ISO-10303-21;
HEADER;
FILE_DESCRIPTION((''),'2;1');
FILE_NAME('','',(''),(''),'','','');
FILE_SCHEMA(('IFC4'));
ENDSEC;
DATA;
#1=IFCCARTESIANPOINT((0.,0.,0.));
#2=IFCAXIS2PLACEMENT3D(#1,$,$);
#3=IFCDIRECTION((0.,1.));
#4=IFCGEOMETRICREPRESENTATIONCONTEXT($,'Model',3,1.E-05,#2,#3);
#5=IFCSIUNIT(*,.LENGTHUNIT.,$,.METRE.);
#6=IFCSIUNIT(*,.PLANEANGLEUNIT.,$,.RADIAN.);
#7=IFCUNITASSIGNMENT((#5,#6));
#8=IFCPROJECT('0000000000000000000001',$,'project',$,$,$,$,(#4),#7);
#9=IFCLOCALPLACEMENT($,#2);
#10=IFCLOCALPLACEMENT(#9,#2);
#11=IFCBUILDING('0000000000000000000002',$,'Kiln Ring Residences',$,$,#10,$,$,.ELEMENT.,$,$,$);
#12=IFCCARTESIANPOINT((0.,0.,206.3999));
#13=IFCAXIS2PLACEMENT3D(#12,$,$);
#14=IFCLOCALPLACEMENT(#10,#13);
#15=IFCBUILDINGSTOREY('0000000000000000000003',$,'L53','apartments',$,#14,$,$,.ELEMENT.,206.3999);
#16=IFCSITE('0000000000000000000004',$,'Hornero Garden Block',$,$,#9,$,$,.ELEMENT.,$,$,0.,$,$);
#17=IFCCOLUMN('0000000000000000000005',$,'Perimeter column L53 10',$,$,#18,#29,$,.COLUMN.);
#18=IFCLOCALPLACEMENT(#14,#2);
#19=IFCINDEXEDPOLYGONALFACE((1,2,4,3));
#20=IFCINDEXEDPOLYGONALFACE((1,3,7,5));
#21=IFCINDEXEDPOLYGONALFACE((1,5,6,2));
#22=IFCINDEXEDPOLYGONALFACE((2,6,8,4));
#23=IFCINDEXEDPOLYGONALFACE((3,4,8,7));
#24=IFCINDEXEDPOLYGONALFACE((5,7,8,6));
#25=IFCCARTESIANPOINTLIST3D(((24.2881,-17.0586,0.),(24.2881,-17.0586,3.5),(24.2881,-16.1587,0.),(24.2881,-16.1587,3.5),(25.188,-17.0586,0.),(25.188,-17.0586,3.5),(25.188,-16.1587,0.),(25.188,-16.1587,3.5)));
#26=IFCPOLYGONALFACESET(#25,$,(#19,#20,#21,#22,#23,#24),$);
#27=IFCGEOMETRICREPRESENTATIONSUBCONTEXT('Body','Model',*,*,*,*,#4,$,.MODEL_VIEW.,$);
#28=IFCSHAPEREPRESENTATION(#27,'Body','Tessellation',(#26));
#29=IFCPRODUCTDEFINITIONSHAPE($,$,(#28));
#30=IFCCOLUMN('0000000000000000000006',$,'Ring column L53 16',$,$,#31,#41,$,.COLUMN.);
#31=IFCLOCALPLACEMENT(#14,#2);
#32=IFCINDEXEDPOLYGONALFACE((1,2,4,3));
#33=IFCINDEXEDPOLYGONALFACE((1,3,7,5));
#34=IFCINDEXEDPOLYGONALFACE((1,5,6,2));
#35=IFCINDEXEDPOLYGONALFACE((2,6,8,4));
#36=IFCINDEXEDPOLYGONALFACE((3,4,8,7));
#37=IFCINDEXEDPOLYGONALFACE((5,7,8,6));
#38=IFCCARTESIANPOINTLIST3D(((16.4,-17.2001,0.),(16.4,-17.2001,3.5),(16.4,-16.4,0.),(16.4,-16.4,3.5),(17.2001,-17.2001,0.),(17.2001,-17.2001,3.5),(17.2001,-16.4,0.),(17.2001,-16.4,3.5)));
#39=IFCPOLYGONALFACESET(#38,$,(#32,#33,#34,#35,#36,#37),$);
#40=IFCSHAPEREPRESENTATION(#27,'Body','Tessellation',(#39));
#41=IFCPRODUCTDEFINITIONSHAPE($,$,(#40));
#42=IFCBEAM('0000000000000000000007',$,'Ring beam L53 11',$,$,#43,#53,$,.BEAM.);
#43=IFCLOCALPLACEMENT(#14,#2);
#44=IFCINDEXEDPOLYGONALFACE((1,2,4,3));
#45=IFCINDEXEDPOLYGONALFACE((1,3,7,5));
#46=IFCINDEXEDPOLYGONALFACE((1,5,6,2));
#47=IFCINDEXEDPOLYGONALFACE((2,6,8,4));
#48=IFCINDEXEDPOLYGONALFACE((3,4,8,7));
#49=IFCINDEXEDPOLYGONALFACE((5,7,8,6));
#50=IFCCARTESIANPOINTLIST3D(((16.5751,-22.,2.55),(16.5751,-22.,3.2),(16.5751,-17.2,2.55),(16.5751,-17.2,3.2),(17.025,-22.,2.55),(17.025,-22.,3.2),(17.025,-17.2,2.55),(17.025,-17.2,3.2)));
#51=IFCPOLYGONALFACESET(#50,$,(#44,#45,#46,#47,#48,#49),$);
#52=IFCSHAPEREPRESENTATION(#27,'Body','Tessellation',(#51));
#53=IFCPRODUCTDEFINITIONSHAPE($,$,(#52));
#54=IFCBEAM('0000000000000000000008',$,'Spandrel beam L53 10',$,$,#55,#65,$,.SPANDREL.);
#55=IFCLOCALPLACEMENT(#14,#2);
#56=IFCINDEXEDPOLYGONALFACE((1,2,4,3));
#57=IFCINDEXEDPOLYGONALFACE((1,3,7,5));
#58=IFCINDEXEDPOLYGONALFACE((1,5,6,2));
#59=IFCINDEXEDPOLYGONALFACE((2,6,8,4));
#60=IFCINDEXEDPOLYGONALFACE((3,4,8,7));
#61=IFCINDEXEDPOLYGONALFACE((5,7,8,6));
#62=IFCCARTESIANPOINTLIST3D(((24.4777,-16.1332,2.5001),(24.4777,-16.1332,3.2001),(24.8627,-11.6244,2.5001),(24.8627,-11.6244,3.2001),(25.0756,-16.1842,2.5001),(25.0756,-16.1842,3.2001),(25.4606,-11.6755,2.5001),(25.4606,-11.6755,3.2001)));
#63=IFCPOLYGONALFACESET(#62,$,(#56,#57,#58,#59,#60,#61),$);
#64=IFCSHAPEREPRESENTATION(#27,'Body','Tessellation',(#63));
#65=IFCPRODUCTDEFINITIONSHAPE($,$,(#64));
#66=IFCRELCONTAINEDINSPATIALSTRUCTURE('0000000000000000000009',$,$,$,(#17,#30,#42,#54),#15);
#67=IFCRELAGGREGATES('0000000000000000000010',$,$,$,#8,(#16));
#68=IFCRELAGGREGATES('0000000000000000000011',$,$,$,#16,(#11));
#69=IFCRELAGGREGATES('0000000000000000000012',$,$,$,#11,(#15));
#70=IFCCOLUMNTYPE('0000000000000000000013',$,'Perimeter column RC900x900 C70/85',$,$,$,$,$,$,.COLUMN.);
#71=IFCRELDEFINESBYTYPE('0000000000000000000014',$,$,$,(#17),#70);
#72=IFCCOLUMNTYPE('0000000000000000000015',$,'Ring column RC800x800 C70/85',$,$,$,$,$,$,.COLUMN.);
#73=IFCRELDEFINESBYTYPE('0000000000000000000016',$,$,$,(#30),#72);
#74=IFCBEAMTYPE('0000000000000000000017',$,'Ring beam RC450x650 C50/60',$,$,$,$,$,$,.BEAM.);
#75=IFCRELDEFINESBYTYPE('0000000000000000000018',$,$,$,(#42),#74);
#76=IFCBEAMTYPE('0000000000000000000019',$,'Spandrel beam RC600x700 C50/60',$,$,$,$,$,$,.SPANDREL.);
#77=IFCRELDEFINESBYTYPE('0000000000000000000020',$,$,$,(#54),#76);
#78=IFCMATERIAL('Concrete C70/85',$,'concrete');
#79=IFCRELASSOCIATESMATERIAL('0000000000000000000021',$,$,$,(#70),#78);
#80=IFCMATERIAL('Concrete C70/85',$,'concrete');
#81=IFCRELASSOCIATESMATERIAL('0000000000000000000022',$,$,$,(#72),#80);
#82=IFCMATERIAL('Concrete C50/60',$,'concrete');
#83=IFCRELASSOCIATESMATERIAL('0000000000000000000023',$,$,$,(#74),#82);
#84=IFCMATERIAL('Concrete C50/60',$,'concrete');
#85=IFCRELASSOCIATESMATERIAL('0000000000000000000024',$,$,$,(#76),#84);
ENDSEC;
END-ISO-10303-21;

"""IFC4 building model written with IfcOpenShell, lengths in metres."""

from ifc_helpers import new_model, si_unit, direction, frame, origin, origin_2d, place, context, subcontext, project, spatial, rectangle, extrude, material, material_profile, profile_set, type_object, element, save


model = new_model("IFC4")

# Units and contexts
model_context = context("Model", 3, precision=1e-05, world=origin(), true_north=direction((0.0, 1.0)))
body_context = subcontext(model_context, "Body", "Model", "MODEL_VIEW")
ifc_project = project(units=[si_unit("LENGTHUNIT", "METRE"), si_unit("PLANEANGLEUNIT", "RADIAN")], contexts=[model_context])

# Site, building, storey
site_placement = place(None, origin())
site = spatial("IfcSite", under=ifc_project, at=site_placement, Name="Hornero Garden Block", CompositionType="ELEMENT", RefElevation=0.0)
building_placement = place(site_placement, origin())
building = spatial("IfcBuilding", under=site, at=building_placement, Name="Kiln Ring Residences", CompositionType="ELEMENT")
storey_placement = place(building_placement, frame((0.0, 0.0, 206.3999)))
storey = spatial("IfcBuildingStorey", under=building, at=storey_placement, Name="L53", Description="apartments", CompositionType="ELEMENT", Elevation=206.3999)

# Columns
ifc_material_1 = material(Name="Concrete C70/85", Category="concrete")
ifc_material_profile_1 = material_profile(ifc_material_1, rectangle(XDim=0.8999, YDim=0.8999, at=origin_2d()), Name="RC900x900")
ifc_profile_set_1 = profile_set([ifc_material_profile_1], Name="Concrete C70/85")
column_type_1 = type_object("IfcColumnType", Name="Perimeter column RC900x900 C70/85", PredefinedType="COLUMN", material=ifc_profile_set_1)
column_1_placement = place(storey_placement, frame((24.738, -16.6086, 0.0), z_axis=(0.0, 0.0, 1.0), x_axis=(1.0, 0.0, 0.0)))
element("IfcColumn", 1, at=column_1_placement, inside=storey, type_object=column_type_1, Name="Perimeter column L53 10", PredefinedType="COLUMN", context=body_context, shape_type="SweptSolid", body=[
    extrude(rectangle(XDim=0.8999, YDim=0.8999, at=origin_2d()), origin(), (0.0, 0.0, 1.0), 3.5),
])
ifc_material_2 = material(Name="Concrete C70/85", Category="concrete")
ifc_material_profile_2 = material_profile(ifc_material_2, rectangle(XDim=0.8, YDim=0.8, at=origin_2d()), Name="RC800x800")
ifc_profile_set_2 = profile_set([ifc_material_profile_2], Name="Concrete C70/85")
column_type_2 = type_object("IfcColumnType", Name="Ring column RC800x800 C70/85", PredefinedType="COLUMN", material=ifc_profile_set_2)
column_2_placement = place(storey_placement, frame((16.8, -16.8, 0.0), z_axis=(0.0, 0.0, 1.0), x_axis=(1.0, 0.0, 0.0)))
element("IfcColumn", 2, at=column_2_placement, inside=storey, type_object=column_type_2, Name="Ring column L53 16", PredefinedType="COLUMN", context=body_context, shape_type="SweptSolid", body=[
    extrude(rectangle(XDim=0.8, YDim=0.8, at=origin_2d()), origin(), (0.0, 0.0, 1.0), 3.5),
])

# Beams
ifc_material_3 = material(Name="Concrete C50/60", Category="concrete")
ifc_material_profile_3 = material_profile(ifc_material_3, rectangle(XDim=0.45, YDim=0.6499, at=origin_2d()), Name="RC450x650")
ifc_profile_set_3 = profile_set([ifc_material_profile_3], Name="Concrete C50/60")
beam_type_1 = type_object("IfcBeamType", Name="Ring beam RC450x650 C50/60", PredefinedType="BEAM", material=ifc_profile_set_3)
beam_1_placement = place(storey_placement, frame((16.8, -17.2, 2.875), z_axis=(0.0, -1.0, 0.0), x_axis=(1.0, 0.0, 0.0)))
element("IfcBeam", 3, at=beam_1_placement, inside=storey, type_object=beam_type_1, Name="Ring beam L53 11", PredefinedType="BEAM", context=body_context, shape_type="SweptSolid", body=[
    extrude(rectangle(XDim=0.45, YDim=0.6499, at=origin_2d()), origin(), (0.0, 0.0, 1.0), 4.8),
])
ifc_material_4 = material(Name="Concrete C50/60", Category="concrete")
ifc_material_profile_4 = material_profile(ifc_material_4, rectangle(XDim=0.6001, YDim=0.7, at=origin_2d()), Name="RC600x700")
ifc_profile_set_4 = profile_set([ifc_material_profile_4], Name="Concrete C50/60")
beam_type_2 = type_object("IfcBeamType", Name="Spandrel beam RC600x700 C50/60", PredefinedType="SPANDREL", material=ifc_profile_set_4)
beam_2_placement = place(storey_placement, frame((24.7766, -16.1587, 2.8501), z_axis=(0.085081, 0.996374, 0.0), x_axis=(-0.996374, 0.085081, 0.0)))
element("IfcBeam", 4, at=beam_2_placement, inside=storey, type_object=beam_type_2, Name="Spandrel beam L53 10", PredefinedType="SPANDREL", context=body_context, shape_type="SweptSolid", body=[
    extrude(rectangle(XDim=0.6001, YDim=0.7, at=origin_2d()), origin(), (0.0, 0.0, 1.0), 4.5251),
])

save(model, "model.ifc")
